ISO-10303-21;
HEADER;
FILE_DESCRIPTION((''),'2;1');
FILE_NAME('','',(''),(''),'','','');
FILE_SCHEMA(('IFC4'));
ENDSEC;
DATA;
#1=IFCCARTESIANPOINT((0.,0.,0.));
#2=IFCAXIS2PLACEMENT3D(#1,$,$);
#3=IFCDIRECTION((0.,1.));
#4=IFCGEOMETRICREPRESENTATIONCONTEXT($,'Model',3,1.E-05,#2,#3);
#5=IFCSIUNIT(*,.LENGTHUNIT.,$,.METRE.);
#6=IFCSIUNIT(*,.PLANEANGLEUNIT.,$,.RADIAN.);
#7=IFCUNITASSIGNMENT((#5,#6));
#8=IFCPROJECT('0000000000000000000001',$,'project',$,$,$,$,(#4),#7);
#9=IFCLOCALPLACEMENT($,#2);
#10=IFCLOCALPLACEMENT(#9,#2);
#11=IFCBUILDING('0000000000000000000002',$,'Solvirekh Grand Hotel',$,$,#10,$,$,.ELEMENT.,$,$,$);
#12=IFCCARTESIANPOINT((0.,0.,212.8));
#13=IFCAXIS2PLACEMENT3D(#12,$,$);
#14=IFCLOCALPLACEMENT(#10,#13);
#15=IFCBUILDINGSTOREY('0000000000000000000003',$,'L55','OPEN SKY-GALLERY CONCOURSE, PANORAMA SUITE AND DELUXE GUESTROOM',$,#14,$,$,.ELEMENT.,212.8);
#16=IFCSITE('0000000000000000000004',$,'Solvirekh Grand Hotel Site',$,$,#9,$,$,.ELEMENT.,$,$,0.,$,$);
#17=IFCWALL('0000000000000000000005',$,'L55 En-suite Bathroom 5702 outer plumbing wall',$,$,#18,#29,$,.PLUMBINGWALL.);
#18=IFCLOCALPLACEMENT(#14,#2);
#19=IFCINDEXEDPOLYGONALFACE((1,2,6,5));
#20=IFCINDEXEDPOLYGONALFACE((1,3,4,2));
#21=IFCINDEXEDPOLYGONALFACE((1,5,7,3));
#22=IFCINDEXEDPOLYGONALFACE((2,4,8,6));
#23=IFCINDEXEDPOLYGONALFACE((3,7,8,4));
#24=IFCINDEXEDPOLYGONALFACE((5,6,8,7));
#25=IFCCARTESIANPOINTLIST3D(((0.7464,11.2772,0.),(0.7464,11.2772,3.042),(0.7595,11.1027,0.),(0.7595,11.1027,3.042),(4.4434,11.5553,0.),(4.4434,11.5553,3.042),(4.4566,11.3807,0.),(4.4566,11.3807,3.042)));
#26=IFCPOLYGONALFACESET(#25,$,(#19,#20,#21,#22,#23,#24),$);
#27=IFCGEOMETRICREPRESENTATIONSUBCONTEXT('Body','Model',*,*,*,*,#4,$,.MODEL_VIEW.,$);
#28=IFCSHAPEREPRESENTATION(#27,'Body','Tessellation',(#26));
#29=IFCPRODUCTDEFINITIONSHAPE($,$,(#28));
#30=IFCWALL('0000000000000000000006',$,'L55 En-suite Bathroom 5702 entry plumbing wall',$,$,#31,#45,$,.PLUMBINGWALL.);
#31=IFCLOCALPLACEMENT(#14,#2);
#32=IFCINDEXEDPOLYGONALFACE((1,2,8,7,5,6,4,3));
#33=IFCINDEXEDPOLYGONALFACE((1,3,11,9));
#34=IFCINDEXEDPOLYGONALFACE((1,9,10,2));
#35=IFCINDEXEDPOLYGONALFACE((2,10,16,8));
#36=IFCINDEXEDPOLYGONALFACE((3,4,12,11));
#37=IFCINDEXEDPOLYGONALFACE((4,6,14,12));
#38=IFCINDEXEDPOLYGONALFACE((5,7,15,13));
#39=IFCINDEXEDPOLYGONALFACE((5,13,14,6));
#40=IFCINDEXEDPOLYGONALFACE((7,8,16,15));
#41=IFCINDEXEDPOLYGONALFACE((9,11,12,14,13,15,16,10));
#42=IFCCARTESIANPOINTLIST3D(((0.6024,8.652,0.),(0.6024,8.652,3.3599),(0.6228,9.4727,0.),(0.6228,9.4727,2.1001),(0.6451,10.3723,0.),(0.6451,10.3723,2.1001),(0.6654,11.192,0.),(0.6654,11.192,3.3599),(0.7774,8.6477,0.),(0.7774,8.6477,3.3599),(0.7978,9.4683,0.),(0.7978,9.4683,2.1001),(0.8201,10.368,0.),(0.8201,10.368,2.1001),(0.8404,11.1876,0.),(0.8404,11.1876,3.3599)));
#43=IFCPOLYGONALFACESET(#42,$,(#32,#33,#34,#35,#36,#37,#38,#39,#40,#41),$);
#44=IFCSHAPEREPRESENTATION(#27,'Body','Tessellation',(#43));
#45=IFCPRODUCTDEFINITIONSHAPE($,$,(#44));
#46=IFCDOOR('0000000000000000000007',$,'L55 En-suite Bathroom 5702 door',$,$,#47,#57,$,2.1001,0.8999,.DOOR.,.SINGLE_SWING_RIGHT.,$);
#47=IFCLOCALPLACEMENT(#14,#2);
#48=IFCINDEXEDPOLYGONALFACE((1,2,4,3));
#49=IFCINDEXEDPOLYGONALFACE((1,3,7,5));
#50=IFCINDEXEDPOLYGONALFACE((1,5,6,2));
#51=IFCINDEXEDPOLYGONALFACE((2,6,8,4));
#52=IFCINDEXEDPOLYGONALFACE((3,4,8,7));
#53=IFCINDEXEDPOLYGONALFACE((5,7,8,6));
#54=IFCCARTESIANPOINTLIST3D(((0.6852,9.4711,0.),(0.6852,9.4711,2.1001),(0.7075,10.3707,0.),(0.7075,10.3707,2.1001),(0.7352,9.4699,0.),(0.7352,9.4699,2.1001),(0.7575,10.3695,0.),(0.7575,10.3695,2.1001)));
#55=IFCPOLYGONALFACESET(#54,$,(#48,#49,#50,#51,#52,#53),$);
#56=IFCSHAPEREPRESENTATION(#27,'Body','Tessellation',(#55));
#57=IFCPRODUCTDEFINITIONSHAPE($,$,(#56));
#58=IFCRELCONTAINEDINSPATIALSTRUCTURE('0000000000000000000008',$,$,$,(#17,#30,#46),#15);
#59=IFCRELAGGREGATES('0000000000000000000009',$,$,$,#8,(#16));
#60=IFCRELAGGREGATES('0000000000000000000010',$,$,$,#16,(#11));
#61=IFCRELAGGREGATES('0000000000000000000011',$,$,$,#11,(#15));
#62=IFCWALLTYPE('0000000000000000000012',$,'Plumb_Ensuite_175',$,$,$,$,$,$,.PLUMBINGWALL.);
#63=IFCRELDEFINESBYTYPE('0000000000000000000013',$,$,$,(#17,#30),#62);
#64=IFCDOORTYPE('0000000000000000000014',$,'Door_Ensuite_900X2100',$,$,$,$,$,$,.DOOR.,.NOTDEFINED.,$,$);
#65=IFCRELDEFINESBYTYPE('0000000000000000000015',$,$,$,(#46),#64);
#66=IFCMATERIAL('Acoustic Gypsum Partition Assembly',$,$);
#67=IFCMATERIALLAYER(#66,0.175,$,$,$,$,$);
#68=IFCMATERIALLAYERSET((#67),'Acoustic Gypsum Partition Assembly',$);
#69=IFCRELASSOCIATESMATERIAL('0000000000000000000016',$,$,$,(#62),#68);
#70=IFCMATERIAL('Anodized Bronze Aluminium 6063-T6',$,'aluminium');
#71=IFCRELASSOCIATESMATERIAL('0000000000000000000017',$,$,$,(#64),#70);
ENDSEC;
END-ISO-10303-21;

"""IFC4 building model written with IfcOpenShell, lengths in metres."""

from ifc_helpers import new_model, si_unit, direction, frame, frame_2d, origin, place, context, subcontext, project, spatial, rectangle, extrude, material, layer, layer_set, type_object, element, fill, save


model = new_model("IFC4")

# Units and contexts
model_context = context("Model", 3, precision=1e-05, world=origin(), true_north=direction((0.0, 1.0)))
body_context = subcontext(model_context, "Body", "Model", "MODEL_VIEW")
ifc_project = project(units=[si_unit("LENGTHUNIT", "METRE"), si_unit("PLANEANGLEUNIT", "RADIAN")], contexts=[model_context])

# Site, building, storey
site_placement = place(None, origin())
site = spatial("IfcSite", under=ifc_project, at=site_placement, Name="Solvirekh Grand Hotel Site", CompositionType="ELEMENT", RefElevation=0.0)
building_placement = place(site_placement, origin())
building = spatial("IfcBuilding", under=site, at=building_placement, Name="Solvirekh Grand Hotel", CompositionType="ELEMENT")
storey_placement = place(building_placement, frame((0.0, 0.0, 212.8)))
storey = spatial("IfcBuildingStorey", under=building, at=storey_placement, Name="L55", Description="OPEN SKY-GALLERY CONCOURSE, PANORAMA SUITE AND DELUXE GUESTROOM", CompositionType="ELEMENT", Elevation=212.8)

# Shared definitions
ifc_material_1 = material(Name="Anodized Bronze Aluminium 6063-T6", Category="aluminium")

# Shared definitions
ifc_material_2 = material(Name="Acoustic Gypsum Partition Assembly")

# Shared definitions
ifc_layer_1 = layer(ifc_material_2, 0.175)
ifc_layer_set_1 = layer_set([ifc_layer_1], Name="Acoustic Gypsum Partition Assembly")
wall_type_1 = type_object("IfcWallType", Name="Plumb_Ensuite_175", PredefinedType="PLUMBINGWALL", material=ifc_layer_set_1)

# Shared definitions
door_type_1 = type_object("IfcDoorType", Name="Door_Ensuite_900X2100", OperationType="NOTDEFINED", PredefinedType="DOOR", material=ifc_material_1)

# Wall
wall_1_placement = place(storey_placement, frame((0.7529, 11.1899, 0.0), z_axis=(0.0, 0.0, 1.0), x_axis=(0.997183, 0.075004, 0.0)))
element("IfcWall", 1, at=wall_1_placement, inside=storey, type_object=wall_type_1, Name="L55 En-suite Bathroom 5702 outer plumbing wall", PredefinedType="PLUMBINGWALL", context=body_context, shape_type="SweptSolid", body=[
    extrude(rectangle(XDim=3.7075, YDim=0.175, at=frame_2d((1.8538, 0.0))), origin(), (0.0, 0.0, 1.0), 3.042),
])

# Wall, opening, door
wall_2_placement = place(storey_placement, frame((0.7529, 11.1899, 0.0), z_axis=(0.0, 0.0, 1.0), x_axis=(-0.024791, -0.999693, 0.0)))
wall_2 = element("IfcWall", 2, at=wall_2_placement, inside=storey, type_object=wall_type_1, Name="L55 En-suite Bathroom 5702 entry plumbing wall", PredefinedType="PLUMBINGWALL", context=body_context, shape_type="SweptSolid", body=[
    extrude(rectangle(XDim=2.5408, YDim=0.175, at=frame_2d((1.2705, 0.0))), origin(), (0.0, 0.0, 1.0), 3.3599),
])
opening_1_placement = place(wall_2_placement, frame((0.8201, 0.0, 0.0)))
opening_1 = element("IfcOpeningElement", 3, at=opening_1_placement, cuts=wall_2, PredefinedType="OPENING", context=body_context, shape_type="SweptSolid", body=[
    extrude(rectangle(XDim=0.8999, YDim=2.1001, at=frame_2d((0.45, 1.05))), frame((0.0, 0.0977, 0.0), z_axis=(0.0, -1.0, 0.0), x_axis=(1.0, 0.0, 0.0)), (0.0, 0.0, 1.0), 0.1951),
])
door_1_placement = place(opening_1_placement, origin())
door_1 = element("IfcDoor", 4, at=door_1_placement, inside=storey, type_object=door_type_1, Name="L55 En-suite Bathroom 5702 door", OperationType="SINGLE_SWING_RIGHT", OverallHeight=2.1001, OverallWidth=0.8999, PredefinedType="DOOR", context=body_context, shape_type="SweptSolid", body=[
    extrude(rectangle(XDim=0.8999, YDim=2.1001, at=frame_2d((0.45, 1.05))), frame((0.0, 0.0249, 0.0), z_axis=(0.0, -1.0, 0.0), x_axis=(1.0, 0.0, 0.0)), (0.0, 0.0, 1.0), 0.05),
])
fill(opening_1, door_1)

save(model, "model.ifc")
